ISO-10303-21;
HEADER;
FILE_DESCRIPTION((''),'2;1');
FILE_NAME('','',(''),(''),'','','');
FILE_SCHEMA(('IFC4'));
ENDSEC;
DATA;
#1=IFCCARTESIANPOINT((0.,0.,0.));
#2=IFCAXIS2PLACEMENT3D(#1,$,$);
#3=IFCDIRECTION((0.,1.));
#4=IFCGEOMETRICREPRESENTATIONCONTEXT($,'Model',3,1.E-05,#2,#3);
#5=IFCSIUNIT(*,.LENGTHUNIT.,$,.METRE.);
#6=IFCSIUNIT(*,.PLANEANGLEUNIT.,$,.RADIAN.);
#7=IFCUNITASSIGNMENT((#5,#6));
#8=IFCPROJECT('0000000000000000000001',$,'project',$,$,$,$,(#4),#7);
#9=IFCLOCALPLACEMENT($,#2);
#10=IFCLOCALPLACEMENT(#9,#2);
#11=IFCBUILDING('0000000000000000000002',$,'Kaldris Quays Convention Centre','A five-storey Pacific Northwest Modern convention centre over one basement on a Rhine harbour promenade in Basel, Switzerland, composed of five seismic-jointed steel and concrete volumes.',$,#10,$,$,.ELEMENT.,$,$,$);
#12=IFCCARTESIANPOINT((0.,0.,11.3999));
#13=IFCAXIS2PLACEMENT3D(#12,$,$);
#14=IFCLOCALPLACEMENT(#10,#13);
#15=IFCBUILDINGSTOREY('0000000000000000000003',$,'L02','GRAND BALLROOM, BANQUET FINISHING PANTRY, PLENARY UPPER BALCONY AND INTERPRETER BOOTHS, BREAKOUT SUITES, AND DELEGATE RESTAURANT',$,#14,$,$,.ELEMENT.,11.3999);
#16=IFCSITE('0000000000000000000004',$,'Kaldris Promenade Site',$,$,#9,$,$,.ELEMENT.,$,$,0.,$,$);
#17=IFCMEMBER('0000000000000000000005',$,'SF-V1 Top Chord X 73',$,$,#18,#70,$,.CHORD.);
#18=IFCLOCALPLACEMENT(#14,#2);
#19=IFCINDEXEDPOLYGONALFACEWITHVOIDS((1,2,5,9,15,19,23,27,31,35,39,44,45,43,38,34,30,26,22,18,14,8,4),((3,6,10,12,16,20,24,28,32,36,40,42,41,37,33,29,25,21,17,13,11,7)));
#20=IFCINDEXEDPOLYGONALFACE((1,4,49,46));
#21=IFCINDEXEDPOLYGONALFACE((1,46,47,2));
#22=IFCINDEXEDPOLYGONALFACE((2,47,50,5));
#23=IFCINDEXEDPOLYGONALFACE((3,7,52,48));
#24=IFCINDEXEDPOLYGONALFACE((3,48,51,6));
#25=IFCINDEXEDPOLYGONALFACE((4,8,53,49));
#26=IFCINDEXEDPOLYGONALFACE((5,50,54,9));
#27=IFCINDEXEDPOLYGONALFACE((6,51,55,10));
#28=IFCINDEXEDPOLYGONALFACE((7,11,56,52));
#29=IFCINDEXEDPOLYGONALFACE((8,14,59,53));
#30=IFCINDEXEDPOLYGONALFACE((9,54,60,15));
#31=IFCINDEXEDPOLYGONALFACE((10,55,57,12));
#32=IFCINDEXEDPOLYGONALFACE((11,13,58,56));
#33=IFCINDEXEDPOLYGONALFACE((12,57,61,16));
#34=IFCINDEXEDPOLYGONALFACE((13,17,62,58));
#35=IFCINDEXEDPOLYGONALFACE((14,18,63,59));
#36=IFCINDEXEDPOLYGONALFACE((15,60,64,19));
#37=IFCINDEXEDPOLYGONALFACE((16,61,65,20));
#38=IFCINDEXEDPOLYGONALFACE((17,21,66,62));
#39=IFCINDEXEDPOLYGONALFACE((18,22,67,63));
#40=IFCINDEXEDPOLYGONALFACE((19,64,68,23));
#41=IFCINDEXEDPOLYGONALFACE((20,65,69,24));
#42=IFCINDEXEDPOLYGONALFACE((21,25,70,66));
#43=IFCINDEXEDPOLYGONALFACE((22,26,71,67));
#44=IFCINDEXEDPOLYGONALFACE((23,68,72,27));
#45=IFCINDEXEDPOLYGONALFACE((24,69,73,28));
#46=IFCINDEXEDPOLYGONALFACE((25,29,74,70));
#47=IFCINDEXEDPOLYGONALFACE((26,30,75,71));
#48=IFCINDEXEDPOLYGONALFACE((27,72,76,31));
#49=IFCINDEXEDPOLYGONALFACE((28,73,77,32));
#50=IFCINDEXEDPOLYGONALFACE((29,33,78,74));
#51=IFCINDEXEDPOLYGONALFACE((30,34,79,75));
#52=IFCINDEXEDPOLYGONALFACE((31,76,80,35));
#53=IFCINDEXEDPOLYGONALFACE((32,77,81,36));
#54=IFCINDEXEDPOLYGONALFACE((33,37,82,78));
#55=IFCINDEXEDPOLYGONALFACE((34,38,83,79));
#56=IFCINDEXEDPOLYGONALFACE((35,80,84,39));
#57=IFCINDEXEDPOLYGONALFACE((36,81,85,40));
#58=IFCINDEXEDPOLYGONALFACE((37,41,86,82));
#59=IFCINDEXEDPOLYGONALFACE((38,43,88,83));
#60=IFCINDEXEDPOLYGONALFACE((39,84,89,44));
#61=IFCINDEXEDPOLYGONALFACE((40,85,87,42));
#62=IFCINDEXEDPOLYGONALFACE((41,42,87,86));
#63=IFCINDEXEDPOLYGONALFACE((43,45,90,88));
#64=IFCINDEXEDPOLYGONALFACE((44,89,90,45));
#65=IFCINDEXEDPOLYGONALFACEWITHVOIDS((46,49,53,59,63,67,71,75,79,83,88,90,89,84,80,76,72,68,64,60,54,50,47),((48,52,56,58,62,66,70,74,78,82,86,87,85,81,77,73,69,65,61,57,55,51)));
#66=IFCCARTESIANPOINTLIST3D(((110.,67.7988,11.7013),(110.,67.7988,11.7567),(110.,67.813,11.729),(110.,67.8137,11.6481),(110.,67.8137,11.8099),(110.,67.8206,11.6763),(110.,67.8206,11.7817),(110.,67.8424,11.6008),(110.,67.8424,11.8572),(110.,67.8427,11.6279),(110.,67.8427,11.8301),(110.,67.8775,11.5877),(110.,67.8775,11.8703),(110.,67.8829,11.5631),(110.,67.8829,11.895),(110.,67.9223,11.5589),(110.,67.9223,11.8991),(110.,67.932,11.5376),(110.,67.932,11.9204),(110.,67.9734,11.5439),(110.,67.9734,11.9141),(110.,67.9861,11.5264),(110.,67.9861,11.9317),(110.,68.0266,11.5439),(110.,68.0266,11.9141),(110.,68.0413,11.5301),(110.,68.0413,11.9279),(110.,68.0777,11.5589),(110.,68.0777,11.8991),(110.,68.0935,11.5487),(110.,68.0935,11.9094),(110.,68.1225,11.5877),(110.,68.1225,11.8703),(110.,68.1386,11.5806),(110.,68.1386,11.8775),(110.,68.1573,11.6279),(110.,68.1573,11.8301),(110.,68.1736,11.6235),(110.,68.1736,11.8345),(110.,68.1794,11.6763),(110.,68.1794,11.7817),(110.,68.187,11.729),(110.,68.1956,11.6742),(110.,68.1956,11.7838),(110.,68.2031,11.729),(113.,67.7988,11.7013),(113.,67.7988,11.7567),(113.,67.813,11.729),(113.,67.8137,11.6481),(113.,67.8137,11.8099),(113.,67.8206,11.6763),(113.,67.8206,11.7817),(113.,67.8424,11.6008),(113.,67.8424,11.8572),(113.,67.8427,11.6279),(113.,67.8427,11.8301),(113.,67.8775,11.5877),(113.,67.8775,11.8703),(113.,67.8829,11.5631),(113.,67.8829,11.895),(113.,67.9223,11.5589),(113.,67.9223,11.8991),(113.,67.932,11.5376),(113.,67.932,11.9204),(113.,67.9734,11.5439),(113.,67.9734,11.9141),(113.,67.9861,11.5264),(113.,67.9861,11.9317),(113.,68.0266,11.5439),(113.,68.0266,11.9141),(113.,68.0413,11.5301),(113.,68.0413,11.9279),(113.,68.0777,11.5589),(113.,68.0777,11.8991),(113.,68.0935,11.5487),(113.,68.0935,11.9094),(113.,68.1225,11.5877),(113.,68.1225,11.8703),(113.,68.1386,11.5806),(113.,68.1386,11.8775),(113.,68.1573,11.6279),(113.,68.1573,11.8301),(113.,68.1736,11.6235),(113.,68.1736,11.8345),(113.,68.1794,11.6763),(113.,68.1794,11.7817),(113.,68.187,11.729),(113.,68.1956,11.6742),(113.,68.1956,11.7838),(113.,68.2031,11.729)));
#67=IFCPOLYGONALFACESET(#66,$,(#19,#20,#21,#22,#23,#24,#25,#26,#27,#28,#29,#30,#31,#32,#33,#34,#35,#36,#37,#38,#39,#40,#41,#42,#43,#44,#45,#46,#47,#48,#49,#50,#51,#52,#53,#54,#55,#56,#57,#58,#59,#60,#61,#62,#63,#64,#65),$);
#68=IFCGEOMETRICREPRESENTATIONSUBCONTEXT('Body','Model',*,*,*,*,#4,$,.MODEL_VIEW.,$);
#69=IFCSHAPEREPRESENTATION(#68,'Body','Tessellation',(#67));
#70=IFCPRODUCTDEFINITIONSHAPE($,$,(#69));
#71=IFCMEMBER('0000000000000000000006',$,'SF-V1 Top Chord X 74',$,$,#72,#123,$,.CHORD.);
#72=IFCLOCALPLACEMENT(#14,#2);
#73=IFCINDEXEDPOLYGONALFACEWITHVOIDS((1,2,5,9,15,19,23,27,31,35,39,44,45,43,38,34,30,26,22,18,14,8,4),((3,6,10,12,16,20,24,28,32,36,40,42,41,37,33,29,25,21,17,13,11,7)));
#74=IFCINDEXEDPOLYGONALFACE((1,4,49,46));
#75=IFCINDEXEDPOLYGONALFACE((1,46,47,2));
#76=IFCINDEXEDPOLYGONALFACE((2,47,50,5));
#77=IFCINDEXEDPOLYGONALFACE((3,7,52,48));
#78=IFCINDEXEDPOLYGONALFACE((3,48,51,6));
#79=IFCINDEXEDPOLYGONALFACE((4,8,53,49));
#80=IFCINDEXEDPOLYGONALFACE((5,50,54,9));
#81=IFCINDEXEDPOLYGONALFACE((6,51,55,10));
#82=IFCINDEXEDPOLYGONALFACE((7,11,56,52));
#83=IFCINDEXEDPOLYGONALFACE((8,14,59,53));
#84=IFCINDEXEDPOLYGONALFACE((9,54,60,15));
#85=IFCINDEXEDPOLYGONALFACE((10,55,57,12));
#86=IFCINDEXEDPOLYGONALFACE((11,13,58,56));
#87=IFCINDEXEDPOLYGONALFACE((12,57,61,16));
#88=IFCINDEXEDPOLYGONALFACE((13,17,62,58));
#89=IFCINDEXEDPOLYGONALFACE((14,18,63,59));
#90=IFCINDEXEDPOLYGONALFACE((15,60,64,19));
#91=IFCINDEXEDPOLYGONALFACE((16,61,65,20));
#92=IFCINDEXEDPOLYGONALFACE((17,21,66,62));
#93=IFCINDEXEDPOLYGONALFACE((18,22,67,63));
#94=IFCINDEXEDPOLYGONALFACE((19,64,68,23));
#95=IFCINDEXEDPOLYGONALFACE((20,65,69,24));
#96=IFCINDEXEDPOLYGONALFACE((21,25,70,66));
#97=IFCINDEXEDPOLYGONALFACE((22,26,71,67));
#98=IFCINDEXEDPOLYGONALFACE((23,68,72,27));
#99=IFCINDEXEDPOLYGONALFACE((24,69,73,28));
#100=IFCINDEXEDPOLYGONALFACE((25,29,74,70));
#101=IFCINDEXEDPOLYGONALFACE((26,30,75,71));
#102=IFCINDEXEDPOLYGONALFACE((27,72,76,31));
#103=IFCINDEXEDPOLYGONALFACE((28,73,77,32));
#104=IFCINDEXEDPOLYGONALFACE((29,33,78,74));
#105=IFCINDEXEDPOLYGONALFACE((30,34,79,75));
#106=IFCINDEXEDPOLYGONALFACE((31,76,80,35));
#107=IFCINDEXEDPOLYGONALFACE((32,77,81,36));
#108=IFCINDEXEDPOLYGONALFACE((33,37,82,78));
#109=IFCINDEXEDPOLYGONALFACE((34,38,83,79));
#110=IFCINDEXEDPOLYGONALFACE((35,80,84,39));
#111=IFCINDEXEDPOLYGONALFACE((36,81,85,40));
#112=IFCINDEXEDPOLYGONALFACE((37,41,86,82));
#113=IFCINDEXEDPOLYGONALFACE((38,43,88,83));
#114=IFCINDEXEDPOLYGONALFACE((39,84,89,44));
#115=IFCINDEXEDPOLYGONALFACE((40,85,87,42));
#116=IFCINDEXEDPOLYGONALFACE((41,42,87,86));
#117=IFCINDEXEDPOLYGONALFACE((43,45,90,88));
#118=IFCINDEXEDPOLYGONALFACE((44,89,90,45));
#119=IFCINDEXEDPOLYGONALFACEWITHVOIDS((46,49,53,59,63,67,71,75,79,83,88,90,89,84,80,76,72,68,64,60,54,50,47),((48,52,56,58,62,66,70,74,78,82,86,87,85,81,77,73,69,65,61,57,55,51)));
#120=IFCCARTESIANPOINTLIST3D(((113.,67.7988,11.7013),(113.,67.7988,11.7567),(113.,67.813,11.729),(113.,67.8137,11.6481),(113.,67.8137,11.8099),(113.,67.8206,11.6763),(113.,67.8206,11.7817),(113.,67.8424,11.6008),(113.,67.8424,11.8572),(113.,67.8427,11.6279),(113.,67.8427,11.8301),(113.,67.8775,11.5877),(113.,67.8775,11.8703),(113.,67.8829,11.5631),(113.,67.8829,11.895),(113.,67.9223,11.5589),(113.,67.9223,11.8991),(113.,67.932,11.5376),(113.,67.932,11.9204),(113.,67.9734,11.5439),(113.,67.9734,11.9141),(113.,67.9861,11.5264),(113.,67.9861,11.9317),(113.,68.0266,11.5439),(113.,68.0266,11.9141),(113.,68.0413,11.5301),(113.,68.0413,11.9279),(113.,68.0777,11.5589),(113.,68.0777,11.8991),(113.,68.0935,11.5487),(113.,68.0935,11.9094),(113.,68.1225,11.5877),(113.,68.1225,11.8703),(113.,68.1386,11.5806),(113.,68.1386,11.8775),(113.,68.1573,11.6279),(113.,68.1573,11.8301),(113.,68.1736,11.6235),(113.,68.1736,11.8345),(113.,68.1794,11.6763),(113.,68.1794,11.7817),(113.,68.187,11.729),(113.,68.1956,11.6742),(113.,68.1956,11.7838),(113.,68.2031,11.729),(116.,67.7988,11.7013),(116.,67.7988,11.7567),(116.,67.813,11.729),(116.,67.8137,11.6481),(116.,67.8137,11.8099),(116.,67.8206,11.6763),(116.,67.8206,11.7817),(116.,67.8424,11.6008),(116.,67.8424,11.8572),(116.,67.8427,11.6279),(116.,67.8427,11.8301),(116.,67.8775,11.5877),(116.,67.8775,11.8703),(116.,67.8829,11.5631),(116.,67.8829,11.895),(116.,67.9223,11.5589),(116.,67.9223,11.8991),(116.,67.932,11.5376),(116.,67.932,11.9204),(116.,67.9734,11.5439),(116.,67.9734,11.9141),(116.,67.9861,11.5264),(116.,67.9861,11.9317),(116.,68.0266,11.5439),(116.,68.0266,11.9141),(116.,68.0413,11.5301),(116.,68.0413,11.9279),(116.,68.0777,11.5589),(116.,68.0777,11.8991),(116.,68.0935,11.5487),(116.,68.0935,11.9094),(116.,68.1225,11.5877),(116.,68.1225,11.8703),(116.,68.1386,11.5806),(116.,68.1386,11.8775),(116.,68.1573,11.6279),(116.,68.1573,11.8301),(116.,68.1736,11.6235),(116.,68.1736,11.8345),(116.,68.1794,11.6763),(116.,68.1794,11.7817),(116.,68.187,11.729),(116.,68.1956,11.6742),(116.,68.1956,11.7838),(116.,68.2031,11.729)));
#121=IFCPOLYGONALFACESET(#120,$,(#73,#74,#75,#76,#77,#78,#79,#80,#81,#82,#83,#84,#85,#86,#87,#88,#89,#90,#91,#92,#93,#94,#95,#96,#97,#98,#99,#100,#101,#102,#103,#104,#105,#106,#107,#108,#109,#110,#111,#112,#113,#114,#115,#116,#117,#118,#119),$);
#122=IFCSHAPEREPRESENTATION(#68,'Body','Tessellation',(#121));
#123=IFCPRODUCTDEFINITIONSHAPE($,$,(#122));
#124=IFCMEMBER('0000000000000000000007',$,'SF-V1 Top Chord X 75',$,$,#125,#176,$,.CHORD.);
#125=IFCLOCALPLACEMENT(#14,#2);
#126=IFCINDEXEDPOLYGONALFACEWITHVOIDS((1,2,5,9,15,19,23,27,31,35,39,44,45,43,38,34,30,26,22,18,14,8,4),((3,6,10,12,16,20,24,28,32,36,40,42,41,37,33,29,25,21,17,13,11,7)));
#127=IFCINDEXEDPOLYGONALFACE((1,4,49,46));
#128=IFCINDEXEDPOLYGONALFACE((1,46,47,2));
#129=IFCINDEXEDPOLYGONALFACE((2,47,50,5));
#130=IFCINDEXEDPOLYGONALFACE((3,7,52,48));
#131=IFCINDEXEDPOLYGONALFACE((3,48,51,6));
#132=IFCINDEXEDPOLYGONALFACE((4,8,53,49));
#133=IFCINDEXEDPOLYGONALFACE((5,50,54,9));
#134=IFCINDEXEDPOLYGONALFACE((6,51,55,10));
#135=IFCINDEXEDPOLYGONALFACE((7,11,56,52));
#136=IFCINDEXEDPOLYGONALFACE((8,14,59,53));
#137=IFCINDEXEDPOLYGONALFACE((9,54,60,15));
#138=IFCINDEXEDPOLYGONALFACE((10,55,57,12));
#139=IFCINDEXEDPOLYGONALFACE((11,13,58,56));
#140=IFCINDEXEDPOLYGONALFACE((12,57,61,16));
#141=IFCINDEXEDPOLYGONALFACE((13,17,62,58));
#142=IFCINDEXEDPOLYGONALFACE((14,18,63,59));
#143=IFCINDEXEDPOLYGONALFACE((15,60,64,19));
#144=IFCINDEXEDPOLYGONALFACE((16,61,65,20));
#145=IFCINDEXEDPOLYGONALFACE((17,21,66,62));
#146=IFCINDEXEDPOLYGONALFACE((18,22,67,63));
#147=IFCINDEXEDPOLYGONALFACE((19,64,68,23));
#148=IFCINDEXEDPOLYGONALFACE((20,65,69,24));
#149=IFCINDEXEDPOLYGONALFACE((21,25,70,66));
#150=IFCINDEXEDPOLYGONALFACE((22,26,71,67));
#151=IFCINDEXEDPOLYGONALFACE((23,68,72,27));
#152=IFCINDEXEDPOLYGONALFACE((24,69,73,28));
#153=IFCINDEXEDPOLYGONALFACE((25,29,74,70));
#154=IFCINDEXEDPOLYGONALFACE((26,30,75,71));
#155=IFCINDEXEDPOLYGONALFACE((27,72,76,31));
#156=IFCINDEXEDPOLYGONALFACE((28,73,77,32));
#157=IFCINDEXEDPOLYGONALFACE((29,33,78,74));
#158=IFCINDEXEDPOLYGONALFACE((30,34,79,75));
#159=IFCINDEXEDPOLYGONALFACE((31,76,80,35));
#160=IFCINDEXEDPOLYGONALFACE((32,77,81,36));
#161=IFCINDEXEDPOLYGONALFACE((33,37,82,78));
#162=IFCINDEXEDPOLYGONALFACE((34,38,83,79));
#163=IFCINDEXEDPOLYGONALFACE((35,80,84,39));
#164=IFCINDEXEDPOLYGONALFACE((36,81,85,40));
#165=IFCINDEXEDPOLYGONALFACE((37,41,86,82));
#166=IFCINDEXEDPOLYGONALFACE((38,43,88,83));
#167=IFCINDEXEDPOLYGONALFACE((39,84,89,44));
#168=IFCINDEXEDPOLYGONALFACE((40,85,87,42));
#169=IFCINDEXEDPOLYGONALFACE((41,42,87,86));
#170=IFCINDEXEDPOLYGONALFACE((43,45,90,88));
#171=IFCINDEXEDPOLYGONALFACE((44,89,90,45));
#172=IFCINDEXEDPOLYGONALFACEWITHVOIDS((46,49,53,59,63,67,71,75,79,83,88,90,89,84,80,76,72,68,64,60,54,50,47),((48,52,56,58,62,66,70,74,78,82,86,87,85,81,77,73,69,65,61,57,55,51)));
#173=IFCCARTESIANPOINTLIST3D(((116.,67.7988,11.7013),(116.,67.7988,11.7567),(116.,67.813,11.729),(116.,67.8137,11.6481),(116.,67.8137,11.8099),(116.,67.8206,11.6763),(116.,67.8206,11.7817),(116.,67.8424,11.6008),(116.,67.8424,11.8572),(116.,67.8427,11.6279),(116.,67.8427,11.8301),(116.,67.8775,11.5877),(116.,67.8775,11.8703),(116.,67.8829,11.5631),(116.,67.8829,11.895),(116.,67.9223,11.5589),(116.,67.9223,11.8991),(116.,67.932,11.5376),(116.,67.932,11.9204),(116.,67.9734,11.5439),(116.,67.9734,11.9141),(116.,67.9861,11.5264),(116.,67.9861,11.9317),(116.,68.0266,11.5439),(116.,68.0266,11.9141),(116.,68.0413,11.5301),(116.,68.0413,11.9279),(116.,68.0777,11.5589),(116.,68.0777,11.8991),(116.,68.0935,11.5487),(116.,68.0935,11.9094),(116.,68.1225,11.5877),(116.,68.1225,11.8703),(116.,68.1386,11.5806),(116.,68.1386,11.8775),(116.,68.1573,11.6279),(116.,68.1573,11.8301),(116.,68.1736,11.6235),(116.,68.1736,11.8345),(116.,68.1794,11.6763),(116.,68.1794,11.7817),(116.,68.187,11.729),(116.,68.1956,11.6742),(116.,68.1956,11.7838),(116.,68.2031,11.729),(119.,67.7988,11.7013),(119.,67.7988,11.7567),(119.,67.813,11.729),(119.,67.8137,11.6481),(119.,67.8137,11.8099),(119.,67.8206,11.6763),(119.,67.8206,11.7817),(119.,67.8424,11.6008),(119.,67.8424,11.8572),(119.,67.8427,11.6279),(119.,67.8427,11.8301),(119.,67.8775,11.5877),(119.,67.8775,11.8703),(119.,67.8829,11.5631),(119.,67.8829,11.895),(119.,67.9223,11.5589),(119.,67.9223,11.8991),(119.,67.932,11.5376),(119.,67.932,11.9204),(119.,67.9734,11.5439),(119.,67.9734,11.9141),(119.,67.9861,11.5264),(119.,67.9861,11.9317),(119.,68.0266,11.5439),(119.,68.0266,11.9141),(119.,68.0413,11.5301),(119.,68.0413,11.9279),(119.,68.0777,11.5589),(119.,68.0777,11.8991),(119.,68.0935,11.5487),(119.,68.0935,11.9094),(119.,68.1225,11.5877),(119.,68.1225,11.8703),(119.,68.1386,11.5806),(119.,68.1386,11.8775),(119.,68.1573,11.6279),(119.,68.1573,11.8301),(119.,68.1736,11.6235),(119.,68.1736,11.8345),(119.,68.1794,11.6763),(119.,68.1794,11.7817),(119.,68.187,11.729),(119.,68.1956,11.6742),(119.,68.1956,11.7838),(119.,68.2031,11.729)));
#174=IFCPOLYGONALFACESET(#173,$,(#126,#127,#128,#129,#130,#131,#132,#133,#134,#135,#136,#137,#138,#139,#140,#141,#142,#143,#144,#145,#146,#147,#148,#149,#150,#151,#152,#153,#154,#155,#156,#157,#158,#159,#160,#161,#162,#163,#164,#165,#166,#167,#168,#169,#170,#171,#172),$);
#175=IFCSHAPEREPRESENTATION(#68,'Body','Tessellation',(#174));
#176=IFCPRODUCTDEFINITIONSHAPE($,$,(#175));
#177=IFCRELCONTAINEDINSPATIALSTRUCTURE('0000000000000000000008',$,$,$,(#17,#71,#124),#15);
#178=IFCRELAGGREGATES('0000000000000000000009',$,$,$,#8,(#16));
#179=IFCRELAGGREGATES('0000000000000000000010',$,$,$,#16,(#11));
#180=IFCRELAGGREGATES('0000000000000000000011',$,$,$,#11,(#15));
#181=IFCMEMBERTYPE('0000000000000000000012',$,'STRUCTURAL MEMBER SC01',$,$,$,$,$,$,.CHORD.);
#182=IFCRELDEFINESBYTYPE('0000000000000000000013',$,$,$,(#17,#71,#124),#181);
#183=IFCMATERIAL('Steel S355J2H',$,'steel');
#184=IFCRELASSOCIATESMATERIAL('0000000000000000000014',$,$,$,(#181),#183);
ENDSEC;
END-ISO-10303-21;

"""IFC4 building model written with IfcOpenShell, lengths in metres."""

from ifc_helpers import new_model, si_unit, direction, frame, origin, origin_2d, place, context, subcontext, project, spatial, hollow_circle, extrude, material, material_profile, profile_set, type_object, element, save


model = new_model("IFC4")

# Units and contexts
model_context = context("Model", 3, precision=1e-05, world=origin(), true_north=direction((0.0, 1.0)))
body_context = subcontext(model_context, "Body", "Model", "MODEL_VIEW")
ifc_project = project(units=[si_unit("LENGTHUNIT", "METRE"), si_unit("PLANEANGLEUNIT", "RADIAN")], contexts=[model_context])

# Site, building, storey
site_placement = place(None, origin())
site = spatial("IfcSite", under=ifc_project, at=site_placement, Name="Kaldris Promenade Site", CompositionType="ELEMENT", RefElevation=0.0)
building_placement = place(site_placement, origin())
building = spatial("IfcBuilding", under=site, at=building_placement, Name="Kaldris Quays Convention Centre", Description="A five-storey Pacific Northwest Modern convention centre over one basement on a Rhine harbour promenade in Basel, Switzerland, composed of five seismic-jointed steel and concrete volumes.", CompositionType="ELEMENT")
storey_placement = place(building_placement, frame((0.0, 0.0, 11.3999)))
storey = spatial("IfcBuildingStorey", under=building, at=storey_placement, Name="L02", Description="GRAND BALLROOM, BANQUET FINISHING PANTRY, PLENARY UPPER BALCONY AND INTERPRETER BOOTHS, BREAKOUT SUITES, AND DELEGATE RESTAURANT", CompositionType="ELEMENT", Elevation=11.3999)

# Members
ifc_material_1 = material(Name="Steel S355J2H", Category="steel")
ifc_material_profile_1 = material_profile(ifc_material_1, hollow_circle(Radius=0.2031, WallThickness=0.0161, at=origin_2d()), Name="CHS 406.4x16")
ifc_profile_set_1 = profile_set([ifc_material_profile_1], Name="Steel S355J2H")
member_type_1 = type_object("IfcMemberType", Name="STRUCTURAL MEMBER SC01", PredefinedType="CHORD", material=ifc_profile_set_1)
for number, where, z_axis, x_axis, name in (
    (1, (110.0, 68.0, 11.729), (1.0, 0.0, 0.0), (0.0, 1.0, 0.0), "SF-V1 Top Chord X 73"),
    (2, (113.0, 68.0, 11.729), (1.0, 0.0, 0.0), (0.0, 1.0, 0.0), "SF-V1 Top Chord X 74"),
    (3, (116.0, 68.0, 11.729), (1.0, 0.0, 0.0), (0.0, 1.0, 0.0), "SF-V1 Top Chord X 75"),
):
    element("IfcMember", number, at=place(storey_placement, frame(where, z_axis=z_axis, x_axis=x_axis)), inside=storey, type_object=member_type_1, Name=name, PredefinedType="CHORD", context=body_context, shape_type="SweptSolid", body=[
        extrude(hollow_circle(Radius=0.2031, WallThickness=0.0161, at=origin_2d()), origin(), (0.0, 0.0, 1.0), 3.0),
    ])

save(model, "model.ifc")
